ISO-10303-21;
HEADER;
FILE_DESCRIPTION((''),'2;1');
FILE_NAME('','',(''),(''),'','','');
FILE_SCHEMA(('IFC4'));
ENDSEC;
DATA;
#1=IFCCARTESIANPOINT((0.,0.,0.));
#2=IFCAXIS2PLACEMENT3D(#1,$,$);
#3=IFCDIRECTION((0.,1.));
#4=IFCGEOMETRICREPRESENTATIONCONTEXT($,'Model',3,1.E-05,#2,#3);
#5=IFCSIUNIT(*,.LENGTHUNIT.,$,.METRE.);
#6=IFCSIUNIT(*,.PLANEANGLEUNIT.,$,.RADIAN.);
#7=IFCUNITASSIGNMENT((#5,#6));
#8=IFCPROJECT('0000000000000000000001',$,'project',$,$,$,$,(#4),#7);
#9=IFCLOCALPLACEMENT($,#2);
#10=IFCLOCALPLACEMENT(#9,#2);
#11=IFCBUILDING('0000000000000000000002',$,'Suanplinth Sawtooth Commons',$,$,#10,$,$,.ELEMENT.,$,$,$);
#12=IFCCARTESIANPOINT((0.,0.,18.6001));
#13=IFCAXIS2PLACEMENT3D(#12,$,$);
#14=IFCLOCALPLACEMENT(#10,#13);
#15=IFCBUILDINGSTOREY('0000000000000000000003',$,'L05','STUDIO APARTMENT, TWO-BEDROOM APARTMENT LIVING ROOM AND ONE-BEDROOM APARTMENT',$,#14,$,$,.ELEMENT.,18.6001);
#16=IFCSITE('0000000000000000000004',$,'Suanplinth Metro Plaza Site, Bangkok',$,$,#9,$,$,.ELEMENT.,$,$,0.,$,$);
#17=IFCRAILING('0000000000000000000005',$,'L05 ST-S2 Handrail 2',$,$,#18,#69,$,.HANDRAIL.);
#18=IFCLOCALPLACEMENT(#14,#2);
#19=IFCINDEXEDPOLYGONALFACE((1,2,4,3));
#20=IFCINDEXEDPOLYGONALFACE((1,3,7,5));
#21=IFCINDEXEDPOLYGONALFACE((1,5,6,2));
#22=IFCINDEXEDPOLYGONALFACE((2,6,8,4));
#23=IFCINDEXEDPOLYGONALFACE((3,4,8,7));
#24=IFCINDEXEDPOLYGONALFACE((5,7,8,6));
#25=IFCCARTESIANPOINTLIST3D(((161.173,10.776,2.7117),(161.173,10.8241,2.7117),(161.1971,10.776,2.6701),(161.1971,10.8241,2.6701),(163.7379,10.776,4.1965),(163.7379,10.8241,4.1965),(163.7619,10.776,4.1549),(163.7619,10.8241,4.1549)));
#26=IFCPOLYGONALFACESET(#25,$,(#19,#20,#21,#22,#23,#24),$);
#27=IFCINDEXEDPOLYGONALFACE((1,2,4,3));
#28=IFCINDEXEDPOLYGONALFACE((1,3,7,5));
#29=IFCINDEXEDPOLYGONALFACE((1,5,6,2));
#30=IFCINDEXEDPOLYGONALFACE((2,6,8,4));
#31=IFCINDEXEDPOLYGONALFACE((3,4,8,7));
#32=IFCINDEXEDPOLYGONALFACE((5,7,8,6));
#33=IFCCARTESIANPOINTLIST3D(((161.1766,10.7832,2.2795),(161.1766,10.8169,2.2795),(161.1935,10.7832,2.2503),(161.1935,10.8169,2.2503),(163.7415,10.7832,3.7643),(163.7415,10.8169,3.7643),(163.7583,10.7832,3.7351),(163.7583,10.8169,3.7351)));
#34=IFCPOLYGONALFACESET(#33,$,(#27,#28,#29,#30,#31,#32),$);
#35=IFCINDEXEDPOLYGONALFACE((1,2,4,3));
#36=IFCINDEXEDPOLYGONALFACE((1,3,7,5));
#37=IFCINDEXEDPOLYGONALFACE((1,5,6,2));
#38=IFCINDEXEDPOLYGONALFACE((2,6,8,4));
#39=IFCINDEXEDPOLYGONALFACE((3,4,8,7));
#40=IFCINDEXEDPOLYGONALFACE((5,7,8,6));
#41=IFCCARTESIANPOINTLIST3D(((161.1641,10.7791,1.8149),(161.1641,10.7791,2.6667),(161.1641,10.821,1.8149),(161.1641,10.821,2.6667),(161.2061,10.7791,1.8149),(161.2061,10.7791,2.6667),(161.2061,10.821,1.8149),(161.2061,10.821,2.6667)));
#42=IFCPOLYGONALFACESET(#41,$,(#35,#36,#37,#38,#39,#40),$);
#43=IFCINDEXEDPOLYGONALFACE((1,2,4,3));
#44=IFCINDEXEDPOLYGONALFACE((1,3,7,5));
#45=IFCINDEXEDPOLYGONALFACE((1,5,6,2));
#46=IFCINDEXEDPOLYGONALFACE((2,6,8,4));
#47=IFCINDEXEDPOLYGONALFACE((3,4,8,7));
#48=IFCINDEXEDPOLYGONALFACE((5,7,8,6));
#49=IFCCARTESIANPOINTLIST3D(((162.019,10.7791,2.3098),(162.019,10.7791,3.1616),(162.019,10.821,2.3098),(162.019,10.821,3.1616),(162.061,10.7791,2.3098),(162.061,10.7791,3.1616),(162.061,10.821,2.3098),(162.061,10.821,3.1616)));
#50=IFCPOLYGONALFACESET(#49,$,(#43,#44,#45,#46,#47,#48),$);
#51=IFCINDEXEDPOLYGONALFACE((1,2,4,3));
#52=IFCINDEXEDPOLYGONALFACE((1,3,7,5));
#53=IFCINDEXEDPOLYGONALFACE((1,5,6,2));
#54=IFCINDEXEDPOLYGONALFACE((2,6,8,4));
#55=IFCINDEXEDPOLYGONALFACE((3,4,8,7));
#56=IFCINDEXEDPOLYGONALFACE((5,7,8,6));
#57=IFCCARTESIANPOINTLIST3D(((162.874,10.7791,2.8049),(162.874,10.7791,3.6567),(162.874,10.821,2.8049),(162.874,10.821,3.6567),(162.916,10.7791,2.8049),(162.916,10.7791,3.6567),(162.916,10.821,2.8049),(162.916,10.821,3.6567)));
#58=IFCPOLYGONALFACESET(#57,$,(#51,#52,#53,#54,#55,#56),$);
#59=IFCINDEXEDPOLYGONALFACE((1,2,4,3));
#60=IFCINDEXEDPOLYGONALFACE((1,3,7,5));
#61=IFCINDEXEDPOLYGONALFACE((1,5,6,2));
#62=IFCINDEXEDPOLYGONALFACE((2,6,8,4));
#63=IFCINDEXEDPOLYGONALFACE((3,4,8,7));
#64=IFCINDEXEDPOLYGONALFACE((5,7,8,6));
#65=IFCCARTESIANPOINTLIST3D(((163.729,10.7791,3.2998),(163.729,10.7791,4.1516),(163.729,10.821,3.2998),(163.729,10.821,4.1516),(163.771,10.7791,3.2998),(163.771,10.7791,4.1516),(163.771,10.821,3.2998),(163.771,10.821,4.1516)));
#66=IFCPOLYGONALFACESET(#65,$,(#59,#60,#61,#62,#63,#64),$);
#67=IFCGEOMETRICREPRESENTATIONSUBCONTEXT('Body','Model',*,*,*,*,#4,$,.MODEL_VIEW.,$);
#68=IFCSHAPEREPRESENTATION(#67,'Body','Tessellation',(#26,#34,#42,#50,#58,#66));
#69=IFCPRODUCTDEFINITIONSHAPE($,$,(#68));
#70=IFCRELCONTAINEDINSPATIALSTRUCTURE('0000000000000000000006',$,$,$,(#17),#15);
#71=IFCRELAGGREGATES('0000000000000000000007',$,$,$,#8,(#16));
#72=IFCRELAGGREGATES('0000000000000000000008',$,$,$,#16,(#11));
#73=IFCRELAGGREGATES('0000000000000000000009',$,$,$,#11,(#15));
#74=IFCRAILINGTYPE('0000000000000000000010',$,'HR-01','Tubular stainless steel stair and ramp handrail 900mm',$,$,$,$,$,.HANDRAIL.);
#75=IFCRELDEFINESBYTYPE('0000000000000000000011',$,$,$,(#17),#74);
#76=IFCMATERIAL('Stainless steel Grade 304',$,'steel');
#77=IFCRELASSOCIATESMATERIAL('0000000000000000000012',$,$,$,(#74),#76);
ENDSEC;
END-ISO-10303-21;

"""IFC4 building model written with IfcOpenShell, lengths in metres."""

from ifc_helpers import new_model, si_unit, direction, frame, origin, origin_2d, place, context, subcontext, project, spatial, rectangle, extrude, material, type_object, element, save


model = new_model("IFC4")

# Units and contexts
model_context = context("Model", 3, precision=1e-05, world=origin(), true_north=direction((0.0, 1.0)))
body_context = subcontext(model_context, "Body", "Model", "MODEL_VIEW")
ifc_project = project(units=[si_unit("LENGTHUNIT", "METRE"), si_unit("PLANEANGLEUNIT", "RADIAN")], contexts=[model_context])

# Site, building, storey
site_placement = place(None, origin())
site = spatial("IfcSite", under=ifc_project, at=site_placement, Name="Suanplinth Metro Plaza Site, Bangkok", CompositionType="ELEMENT", RefElevation=0.0)
building_placement = place(site_placement, origin())
building = spatial("IfcBuilding", under=site, at=building_placement, Name="Suanplinth Sawtooth Commons", CompositionType="ELEMENT")
storey_placement = place(building_placement, frame((0.0, 0.0, 18.6001)))
storey = spatial("IfcBuildingStorey", under=building, at=storey_placement, Name="L05", Description="STUDIO APARTMENT, TWO-BEDROOM APARTMENT LIVING ROOM AND ONE-BEDROOM APARTMENT", CompositionType="ELEMENT", Elevation=18.6001)

# Railing
ifc_material_1 = material(Name="Stainless steel Grade 304", Category="steel")
railing_type = type_object("IfcRailingType", Name="HR-01", Description="Tubular stainless steel stair and ramp handrail 900mm", PredefinedType="HANDRAIL", material=ifc_material_1)
railing_placement = place(storey_placement, frame((161.1851, 10.8, 1.8149)))
element("IfcRailing", 1, at=railing_placement, inside=storey, type_object=railing_type, Name="L05 ST-S2 Handrail 2", PredefinedType="HANDRAIL", context=body_context, shape_type="SweptSolid", body=[
    extrude(rectangle(XDim=0.0481, YDim=0.0481, at=origin_2d()), frame((0.0, 0.0, 0.876), z_axis=(0.865441, 0.0, 0.50101), x_axis=(0.0, 1.0, 0.0)), (0.0, 0.0, 1.0), 2.9636),
    extrude(rectangle(XDim=0.0337, YDim=0.0337, at=origin_2d()), frame((0.0, 0.0, 0.45), z_axis=(0.865441, 0.0, 0.50101), x_axis=(0.0, 1.0, 0.0)), (0.0, 0.0, 1.0), 2.9636),
    extrude(rectangle(XDim=0.042, YDim=0.042, at=origin_2d()), origin(), (0.0, 0.0, 1.0), 0.8518),
    extrude(rectangle(XDim=0.042, YDim=0.042, at=origin_2d()), frame((0.855, 0.0, 0.4949)), (0.0, 0.0, 1.0), 0.8518),
    extrude(rectangle(XDim=0.042, YDim=0.042, at=origin_2d()), frame((1.71, 0.0, 0.99)), (0.0, 0.0, 1.0), 0.8518),
    extrude(rectangle(XDim=0.042, YDim=0.042, at=origin_2d()), frame((2.5649, 0.0, 1.4849)), (0.0, 0.0, 1.0), 0.8518),
])

save(model, "model.ifc")
